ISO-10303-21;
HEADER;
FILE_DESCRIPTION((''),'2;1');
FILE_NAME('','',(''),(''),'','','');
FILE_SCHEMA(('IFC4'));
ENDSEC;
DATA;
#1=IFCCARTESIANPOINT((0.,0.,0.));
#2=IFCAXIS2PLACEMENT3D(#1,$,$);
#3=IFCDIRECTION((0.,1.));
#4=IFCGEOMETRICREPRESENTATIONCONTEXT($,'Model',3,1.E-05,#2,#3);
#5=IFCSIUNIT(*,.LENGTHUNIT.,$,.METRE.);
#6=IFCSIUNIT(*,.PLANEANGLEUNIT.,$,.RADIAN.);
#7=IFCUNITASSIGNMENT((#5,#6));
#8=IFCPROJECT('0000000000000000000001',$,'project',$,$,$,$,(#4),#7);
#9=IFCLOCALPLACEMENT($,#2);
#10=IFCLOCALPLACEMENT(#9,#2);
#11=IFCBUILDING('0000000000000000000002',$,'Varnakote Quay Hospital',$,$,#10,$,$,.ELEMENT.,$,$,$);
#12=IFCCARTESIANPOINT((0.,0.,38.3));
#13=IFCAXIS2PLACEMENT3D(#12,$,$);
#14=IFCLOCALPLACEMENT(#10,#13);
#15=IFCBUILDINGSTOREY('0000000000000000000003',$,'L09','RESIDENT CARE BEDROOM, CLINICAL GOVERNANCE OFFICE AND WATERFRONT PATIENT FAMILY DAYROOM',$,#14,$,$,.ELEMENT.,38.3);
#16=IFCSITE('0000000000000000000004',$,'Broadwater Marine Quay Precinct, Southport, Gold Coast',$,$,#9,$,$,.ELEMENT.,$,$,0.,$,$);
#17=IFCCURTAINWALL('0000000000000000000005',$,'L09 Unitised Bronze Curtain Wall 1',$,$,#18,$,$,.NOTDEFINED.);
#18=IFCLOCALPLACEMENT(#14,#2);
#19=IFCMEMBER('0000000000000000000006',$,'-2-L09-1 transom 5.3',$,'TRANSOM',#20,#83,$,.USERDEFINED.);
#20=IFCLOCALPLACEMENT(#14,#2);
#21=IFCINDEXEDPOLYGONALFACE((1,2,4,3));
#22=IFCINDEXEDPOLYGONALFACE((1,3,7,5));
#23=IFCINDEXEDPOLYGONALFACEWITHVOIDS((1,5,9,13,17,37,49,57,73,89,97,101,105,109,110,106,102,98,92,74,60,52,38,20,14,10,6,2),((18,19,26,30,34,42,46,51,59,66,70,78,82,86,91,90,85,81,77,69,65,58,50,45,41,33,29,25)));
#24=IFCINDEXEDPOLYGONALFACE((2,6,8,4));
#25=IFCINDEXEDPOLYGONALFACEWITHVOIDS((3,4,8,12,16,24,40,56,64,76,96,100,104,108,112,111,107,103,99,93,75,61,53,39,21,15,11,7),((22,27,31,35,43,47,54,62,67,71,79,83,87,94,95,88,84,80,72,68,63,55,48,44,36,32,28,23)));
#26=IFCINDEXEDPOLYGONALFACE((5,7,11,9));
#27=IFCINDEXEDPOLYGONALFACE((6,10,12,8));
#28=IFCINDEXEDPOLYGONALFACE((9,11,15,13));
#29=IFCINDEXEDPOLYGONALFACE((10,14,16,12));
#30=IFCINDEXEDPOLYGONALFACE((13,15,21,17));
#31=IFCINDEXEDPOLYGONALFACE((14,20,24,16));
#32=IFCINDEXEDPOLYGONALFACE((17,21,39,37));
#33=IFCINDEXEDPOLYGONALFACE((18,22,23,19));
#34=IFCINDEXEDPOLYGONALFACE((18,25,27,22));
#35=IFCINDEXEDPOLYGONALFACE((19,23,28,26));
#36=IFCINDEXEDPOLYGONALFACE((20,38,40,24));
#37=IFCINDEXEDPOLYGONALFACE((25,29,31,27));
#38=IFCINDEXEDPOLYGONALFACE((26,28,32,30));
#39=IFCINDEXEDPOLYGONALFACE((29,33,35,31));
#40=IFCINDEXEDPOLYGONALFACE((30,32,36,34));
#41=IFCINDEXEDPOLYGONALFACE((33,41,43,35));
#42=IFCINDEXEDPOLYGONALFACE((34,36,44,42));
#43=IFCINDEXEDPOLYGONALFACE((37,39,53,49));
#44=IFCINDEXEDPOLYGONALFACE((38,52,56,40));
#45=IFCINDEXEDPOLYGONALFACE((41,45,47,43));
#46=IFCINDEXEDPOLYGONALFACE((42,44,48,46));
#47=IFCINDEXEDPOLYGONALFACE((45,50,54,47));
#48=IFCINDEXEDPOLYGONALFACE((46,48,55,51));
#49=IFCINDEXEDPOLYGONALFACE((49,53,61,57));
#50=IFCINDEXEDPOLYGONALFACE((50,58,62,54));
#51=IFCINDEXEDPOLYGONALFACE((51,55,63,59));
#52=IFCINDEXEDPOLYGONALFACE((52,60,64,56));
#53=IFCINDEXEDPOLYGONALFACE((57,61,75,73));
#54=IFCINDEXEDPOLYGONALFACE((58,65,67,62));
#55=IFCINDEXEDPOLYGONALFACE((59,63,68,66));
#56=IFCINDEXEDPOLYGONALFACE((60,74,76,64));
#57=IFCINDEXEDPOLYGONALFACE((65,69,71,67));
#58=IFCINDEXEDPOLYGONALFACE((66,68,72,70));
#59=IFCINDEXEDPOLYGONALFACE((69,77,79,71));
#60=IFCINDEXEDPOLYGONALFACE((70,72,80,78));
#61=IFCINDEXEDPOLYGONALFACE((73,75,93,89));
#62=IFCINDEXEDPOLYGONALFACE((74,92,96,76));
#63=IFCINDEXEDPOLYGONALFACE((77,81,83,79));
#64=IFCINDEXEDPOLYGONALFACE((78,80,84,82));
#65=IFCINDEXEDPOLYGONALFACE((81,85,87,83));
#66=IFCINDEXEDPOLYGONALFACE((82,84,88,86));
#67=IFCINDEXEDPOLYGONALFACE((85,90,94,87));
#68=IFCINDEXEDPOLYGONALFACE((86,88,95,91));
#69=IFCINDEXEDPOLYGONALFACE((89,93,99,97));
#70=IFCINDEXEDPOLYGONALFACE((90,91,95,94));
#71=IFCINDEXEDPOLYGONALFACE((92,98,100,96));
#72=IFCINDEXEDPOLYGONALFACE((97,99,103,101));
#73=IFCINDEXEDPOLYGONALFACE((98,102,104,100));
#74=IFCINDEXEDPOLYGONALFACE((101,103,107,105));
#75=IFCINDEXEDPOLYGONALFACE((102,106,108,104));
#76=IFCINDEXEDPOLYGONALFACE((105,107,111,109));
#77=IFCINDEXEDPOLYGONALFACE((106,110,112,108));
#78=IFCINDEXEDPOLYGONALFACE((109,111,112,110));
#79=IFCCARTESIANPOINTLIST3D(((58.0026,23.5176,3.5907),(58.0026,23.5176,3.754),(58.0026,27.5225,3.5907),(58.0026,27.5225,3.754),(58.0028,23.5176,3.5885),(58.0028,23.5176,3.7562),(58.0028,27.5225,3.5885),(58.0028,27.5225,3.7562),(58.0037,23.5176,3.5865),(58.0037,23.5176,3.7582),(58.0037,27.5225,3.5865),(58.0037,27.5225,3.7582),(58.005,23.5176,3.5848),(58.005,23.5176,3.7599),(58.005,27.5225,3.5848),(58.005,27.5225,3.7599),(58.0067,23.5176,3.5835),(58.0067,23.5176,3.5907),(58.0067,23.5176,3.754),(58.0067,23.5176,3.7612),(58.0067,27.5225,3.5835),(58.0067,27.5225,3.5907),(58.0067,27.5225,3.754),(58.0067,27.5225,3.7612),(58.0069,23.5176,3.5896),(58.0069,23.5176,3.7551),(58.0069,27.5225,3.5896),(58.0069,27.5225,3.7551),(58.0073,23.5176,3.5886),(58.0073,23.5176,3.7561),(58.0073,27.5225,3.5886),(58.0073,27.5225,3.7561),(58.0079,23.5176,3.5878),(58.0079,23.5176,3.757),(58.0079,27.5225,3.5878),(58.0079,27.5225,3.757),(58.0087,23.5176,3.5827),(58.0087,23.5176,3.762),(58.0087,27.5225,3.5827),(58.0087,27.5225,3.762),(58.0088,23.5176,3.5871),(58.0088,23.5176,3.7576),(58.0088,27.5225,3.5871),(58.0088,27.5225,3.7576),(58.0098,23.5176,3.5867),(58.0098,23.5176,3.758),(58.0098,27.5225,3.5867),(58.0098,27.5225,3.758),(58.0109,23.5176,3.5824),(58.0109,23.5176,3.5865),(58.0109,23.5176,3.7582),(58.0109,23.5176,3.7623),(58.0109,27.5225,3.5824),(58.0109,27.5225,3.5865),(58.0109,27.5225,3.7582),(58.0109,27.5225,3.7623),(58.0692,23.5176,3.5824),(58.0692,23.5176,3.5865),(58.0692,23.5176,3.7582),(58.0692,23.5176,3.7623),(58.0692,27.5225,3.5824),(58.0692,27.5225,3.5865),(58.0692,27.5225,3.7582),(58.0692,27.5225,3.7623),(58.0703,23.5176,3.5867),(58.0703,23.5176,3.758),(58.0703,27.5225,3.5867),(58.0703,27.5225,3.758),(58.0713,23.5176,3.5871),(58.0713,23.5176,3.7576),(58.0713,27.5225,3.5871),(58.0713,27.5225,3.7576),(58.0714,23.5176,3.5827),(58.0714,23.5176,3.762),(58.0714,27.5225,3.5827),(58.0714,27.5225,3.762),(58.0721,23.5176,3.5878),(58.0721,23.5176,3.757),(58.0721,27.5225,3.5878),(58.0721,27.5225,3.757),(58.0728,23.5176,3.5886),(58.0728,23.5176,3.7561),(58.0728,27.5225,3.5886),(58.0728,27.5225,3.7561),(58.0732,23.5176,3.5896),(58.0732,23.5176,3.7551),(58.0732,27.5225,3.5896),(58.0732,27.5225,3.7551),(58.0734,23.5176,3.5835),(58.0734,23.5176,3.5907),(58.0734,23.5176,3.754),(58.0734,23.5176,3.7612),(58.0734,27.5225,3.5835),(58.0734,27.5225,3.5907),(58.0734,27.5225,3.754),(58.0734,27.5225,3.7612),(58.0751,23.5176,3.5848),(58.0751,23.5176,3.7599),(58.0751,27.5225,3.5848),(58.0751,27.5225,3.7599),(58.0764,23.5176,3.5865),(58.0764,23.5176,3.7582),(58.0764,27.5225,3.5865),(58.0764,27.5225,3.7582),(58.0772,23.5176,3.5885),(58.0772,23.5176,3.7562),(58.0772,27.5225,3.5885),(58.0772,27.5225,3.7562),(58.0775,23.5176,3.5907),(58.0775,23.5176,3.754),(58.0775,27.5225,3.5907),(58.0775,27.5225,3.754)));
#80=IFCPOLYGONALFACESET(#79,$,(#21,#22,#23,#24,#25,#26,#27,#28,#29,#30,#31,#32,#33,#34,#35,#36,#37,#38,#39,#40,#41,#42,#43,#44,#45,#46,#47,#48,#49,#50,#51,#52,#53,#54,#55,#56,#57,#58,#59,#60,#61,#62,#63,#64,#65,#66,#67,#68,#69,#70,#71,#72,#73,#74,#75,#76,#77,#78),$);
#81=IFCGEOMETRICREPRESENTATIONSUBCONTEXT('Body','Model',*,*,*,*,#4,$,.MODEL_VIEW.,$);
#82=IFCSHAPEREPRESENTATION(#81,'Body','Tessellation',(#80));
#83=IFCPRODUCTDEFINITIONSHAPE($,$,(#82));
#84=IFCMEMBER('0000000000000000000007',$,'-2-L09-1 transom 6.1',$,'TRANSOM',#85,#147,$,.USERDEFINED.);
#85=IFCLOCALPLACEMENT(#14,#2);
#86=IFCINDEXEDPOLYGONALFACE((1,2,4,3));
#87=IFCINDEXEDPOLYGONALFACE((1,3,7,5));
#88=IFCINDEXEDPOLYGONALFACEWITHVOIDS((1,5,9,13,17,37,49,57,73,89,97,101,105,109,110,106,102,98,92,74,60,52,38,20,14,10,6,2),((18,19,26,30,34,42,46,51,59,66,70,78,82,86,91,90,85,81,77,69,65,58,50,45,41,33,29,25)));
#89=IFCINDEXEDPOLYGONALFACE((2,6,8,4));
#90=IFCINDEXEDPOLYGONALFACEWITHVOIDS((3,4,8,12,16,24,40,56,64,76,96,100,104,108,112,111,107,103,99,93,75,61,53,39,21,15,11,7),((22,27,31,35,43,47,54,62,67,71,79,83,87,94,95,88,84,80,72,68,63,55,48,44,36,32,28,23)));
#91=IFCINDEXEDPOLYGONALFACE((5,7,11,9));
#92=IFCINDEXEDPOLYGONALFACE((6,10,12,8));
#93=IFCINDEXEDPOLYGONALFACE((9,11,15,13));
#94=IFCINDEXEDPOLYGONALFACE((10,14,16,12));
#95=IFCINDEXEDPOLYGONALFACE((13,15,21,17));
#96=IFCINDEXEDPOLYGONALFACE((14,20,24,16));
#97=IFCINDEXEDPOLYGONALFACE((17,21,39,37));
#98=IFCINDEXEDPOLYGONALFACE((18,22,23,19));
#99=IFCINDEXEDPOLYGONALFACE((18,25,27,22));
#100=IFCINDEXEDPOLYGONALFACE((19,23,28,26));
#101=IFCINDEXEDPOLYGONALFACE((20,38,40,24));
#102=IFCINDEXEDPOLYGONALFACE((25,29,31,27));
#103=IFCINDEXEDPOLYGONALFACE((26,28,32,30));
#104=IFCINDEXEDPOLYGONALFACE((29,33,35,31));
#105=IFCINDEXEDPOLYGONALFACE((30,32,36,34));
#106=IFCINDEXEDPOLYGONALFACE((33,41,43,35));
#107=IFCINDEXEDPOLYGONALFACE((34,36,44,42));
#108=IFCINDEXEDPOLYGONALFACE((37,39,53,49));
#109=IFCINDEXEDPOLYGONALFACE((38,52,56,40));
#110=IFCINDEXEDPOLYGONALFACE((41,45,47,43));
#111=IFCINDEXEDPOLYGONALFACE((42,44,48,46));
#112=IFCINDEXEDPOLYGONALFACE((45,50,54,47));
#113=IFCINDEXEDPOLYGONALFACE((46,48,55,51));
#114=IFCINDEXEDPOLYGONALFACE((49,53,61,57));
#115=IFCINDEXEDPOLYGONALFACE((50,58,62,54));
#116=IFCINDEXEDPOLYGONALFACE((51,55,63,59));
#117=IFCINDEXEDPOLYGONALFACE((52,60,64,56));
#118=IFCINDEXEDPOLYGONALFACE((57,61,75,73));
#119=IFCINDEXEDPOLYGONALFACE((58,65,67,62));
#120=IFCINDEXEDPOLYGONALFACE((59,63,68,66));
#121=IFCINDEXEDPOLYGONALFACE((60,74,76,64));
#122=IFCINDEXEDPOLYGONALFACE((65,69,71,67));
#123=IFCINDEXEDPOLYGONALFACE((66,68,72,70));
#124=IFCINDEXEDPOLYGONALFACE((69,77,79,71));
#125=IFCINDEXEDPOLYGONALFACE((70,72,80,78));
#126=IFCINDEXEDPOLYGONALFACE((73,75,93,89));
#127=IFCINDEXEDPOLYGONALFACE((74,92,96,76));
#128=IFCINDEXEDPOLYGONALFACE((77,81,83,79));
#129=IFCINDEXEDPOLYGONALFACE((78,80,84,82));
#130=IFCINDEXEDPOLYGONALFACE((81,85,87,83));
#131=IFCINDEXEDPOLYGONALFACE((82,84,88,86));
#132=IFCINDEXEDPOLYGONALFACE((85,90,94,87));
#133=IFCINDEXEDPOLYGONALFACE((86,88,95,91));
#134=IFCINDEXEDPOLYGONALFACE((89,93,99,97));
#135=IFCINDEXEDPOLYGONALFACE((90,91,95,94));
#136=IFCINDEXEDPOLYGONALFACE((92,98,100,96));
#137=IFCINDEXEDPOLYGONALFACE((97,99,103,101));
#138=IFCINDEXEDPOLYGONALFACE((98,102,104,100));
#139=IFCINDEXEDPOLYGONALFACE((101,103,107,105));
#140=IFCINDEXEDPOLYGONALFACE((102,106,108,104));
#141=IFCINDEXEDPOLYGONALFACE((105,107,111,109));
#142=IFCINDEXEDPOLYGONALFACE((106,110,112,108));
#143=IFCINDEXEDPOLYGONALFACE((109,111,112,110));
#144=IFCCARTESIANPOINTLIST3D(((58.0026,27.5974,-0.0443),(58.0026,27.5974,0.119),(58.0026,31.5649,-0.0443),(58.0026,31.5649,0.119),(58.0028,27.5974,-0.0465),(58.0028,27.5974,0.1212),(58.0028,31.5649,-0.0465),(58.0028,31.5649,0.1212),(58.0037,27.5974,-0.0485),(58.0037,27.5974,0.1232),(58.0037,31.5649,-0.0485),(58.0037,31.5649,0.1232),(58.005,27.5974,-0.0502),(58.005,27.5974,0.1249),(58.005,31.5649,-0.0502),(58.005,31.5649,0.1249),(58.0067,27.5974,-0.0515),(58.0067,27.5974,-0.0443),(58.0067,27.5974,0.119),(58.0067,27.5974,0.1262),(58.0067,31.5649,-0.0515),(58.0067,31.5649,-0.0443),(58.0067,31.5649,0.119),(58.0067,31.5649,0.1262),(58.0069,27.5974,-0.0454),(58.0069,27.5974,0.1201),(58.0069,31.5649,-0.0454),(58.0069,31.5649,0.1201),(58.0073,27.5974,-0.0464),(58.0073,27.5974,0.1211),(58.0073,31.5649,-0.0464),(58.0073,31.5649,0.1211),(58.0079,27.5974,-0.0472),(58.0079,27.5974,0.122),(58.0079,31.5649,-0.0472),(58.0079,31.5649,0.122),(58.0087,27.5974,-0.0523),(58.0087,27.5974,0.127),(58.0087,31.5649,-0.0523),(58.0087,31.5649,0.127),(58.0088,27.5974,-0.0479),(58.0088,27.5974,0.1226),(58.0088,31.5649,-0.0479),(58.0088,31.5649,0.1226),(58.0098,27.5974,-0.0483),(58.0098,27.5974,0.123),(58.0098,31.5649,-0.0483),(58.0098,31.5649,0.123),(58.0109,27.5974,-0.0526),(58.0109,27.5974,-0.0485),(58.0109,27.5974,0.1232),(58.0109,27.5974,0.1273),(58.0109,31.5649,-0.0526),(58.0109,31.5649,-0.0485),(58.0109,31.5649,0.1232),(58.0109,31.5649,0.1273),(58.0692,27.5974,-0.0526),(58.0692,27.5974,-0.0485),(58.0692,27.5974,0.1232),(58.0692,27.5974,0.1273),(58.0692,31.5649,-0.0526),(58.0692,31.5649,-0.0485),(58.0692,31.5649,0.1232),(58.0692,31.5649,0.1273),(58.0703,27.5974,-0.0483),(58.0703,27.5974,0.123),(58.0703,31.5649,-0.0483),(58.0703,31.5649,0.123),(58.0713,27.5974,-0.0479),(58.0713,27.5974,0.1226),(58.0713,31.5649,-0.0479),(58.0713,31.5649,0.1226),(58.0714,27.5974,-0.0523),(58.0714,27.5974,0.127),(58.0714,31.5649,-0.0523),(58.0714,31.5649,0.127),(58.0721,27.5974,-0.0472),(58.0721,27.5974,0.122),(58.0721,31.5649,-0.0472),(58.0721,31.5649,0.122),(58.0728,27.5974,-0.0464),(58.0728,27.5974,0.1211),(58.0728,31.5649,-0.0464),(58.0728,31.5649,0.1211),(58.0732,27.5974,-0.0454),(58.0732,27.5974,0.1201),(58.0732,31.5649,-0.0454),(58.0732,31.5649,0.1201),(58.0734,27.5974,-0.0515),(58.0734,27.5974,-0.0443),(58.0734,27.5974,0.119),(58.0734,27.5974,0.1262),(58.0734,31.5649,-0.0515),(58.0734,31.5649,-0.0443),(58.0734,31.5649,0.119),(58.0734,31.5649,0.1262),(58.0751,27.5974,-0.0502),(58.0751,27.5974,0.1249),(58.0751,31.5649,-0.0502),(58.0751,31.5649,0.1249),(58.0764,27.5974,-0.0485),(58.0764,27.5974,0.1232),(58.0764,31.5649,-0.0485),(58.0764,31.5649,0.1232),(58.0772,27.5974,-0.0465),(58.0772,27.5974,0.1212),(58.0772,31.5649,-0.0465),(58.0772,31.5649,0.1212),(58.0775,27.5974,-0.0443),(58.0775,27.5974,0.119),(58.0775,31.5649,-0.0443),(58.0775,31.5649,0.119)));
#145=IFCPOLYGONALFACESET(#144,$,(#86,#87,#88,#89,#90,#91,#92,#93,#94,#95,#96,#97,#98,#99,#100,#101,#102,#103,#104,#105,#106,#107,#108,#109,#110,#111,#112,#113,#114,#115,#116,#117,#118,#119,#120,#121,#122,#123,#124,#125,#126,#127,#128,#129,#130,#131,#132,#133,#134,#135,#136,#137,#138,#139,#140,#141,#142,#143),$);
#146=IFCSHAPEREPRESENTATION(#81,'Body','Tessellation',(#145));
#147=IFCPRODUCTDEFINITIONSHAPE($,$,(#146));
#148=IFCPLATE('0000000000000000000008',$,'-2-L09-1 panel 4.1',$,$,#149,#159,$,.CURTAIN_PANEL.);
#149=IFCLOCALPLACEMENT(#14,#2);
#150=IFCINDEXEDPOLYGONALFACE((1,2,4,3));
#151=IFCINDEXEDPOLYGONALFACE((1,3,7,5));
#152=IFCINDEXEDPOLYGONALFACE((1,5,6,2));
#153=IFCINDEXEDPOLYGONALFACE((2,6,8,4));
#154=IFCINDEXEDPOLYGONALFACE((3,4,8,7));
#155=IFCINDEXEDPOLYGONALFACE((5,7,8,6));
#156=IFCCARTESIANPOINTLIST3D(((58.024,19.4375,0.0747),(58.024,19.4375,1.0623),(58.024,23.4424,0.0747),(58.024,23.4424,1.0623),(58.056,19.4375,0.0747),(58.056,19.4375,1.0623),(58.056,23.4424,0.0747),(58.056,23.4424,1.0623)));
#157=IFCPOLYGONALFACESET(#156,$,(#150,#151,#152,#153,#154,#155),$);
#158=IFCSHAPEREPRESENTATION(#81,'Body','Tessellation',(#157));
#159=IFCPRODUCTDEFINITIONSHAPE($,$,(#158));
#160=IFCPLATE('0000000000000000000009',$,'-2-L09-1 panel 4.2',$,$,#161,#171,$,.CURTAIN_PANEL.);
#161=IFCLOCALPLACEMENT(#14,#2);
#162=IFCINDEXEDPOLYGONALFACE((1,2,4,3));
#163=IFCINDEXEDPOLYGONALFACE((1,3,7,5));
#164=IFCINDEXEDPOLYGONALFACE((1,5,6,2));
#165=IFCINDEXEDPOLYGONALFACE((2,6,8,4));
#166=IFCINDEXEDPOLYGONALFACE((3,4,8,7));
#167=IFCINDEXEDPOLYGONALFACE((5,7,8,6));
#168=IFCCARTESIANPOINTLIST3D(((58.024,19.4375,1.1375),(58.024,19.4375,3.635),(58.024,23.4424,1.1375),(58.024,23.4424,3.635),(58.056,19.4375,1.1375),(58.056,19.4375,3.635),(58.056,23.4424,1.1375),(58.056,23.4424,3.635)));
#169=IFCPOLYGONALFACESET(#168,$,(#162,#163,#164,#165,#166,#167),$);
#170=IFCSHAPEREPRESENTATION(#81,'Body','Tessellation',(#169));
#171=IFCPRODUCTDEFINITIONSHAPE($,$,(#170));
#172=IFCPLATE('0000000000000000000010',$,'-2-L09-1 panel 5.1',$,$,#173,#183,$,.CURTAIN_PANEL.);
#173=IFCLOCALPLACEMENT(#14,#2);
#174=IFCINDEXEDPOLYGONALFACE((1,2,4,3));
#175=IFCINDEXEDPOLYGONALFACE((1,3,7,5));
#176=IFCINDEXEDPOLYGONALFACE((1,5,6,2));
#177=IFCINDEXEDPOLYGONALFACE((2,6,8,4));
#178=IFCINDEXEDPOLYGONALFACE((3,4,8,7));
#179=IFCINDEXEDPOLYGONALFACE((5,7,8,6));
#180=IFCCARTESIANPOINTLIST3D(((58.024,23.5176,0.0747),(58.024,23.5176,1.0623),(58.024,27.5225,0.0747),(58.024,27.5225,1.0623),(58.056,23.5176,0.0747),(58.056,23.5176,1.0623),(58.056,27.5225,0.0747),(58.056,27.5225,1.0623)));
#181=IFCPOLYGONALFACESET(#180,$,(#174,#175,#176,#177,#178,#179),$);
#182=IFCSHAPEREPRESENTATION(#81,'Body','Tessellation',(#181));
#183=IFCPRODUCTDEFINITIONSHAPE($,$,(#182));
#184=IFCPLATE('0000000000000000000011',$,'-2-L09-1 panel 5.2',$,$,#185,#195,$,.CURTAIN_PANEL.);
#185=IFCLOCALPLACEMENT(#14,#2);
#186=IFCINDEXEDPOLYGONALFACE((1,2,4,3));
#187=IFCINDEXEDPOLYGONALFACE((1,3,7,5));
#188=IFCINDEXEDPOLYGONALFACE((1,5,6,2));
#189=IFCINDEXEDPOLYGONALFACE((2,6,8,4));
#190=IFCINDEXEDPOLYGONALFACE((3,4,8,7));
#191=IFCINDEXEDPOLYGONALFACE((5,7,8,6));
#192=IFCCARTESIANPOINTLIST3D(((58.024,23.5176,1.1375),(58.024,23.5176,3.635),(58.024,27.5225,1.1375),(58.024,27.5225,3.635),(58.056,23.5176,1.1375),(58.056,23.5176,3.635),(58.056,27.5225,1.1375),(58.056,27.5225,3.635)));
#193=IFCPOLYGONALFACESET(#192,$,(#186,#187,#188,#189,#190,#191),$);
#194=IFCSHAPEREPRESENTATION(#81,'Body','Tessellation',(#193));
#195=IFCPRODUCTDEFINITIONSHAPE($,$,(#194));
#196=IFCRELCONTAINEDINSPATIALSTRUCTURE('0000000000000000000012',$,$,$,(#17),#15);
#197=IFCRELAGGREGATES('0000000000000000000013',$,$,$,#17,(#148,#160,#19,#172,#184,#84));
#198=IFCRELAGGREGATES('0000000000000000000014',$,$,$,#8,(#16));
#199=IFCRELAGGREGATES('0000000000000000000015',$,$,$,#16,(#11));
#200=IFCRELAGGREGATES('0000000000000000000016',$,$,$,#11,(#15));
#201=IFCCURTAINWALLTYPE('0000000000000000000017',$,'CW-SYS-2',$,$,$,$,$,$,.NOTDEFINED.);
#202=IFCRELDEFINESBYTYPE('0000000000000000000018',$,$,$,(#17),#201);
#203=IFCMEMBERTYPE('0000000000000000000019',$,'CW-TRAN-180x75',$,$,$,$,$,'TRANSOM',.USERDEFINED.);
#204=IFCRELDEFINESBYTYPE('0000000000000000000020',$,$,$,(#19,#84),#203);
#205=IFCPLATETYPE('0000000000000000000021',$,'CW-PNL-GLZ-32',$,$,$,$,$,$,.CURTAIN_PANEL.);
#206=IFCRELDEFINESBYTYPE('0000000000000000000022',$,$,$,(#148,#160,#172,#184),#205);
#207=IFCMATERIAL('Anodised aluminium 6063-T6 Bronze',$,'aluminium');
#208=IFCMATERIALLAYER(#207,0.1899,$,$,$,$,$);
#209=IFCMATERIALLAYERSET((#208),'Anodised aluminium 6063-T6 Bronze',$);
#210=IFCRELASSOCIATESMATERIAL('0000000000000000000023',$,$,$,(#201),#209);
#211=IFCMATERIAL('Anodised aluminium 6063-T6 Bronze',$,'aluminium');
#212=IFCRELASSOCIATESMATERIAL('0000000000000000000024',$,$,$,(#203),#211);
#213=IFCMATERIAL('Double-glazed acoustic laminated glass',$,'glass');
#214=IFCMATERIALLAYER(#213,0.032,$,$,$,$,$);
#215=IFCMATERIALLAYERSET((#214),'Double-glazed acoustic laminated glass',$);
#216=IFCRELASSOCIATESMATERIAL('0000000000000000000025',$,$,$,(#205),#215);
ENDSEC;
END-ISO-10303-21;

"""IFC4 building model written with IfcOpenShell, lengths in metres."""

from ifc_helpers import new_model, si_unit, direction, frame, origin, origin_2d, place, context, subcontext, project, spatial, rectangle, hollow_rectangle, extrude, material, layer, layer_set, material_profile, profile_set, type_object, element, aggregate, save


model = new_model("IFC4")

# Units and contexts
model_context = context("Model", 3, precision=1e-05, world=origin(), true_north=direction((0.0, 1.0)))
body_context = subcontext(model_context, "Body", "Model", "MODEL_VIEW")
ifc_project = project(units=[si_unit("LENGTHUNIT", "METRE"), si_unit("PLANEANGLEUNIT", "RADIAN")], contexts=[model_context])

# Site, building, storey
site_placement = place(None, origin())
site = spatial("IfcSite", under=ifc_project, at=site_placement, Name="Broadwater Marine Quay Precinct, Southport, Gold Coast", CompositionType="ELEMENT", RefElevation=0.0)
building_placement = place(site_placement, origin())
building = spatial("IfcBuilding", under=site, at=building_placement, Name="Varnakote Quay Hospital", CompositionType="ELEMENT")
storey_placement = place(building_placement, frame((0.0, 0.0, 38.3)))
storey = spatial("IfcBuildingStorey", under=building, at=storey_placement, Name="L09", Description="RESIDENT CARE BEDROOM, CLINICAL GOVERNANCE OFFICE AND WATERFRONT PATIENT FAMILY DAYROOM", CompositionType="ELEMENT", Elevation=38.3)

# Curtain wall, members, plates
ifc_material_1 = material(Name="Anodised aluminium 6063-T6 Bronze", Category="aluminium")
ifc_layer_1 = layer(ifc_material_1, 0.1899)
ifc_layer_set_1 = layer_set([ifc_layer_1], Name="Anodised aluminium 6063-T6 Bronze")
curtain_wall_type = type_object("IfcCurtainWallType", Name="CW-SYS-2", PredefinedType="NOTDEFINED", material=ifc_layer_set_1)
curtain_wall_placement = place(storey_placement, origin())
curtain_wall = element("IfcCurtainWall", 1, at=curtain_wall_placement, inside=storey, type_object=curtain_wall_type, Name="L09 Unitised Bronze Curtain Wall 1", PredefinedType="NOTDEFINED")
ifc_material_2 = material(Name="Anodised aluminium 6063-T6 Bronze", Category="aluminium")
ifc_material_profile_1 = material_profile(ifc_material_2, hollow_rectangle(XDim=0.075, YDim=0.1799, WallThickness=0.0042, InnerFilletRadius=0.0042, OuterFilletRadius=0.0083, at=origin_2d()), Name="CW-TRAN-180x75")
ifc_profile_set_1 = profile_set([ifc_material_profile_1], Name="Anodised aluminium 6063-T6 Bronze")
member_type_1 = type_object("IfcMemberType", Name="CW-TRAN-180x75", ElementType="TRANSOM", PredefinedType="USERDEFINED", material=ifc_profile_set_1)
member_1_placement = place(storey_placement, frame((58.04, 23.5176, 3.6724), z_axis=(0.0, 1.0, 0.0), x_axis=(-1.0, 0.0, 0.0)))
member_1 = element("IfcMember", 2, at=member_1_placement, type_object=member_type_1, Name="-2-L09-1 transom 5.3", ObjectType="TRANSOM", PredefinedType="USERDEFINED", context=body_context, shape_type="SweptSolid", body=[
    extrude(hollow_rectangle(XDim=0.075, YDim=0.1799, WallThickness=0.0042, InnerFilletRadius=0.0042, OuterFilletRadius=0.0083, at=origin_2d()), origin(), (0.0, 0.0, 1.0), 4.0049),
])
member_2_placement = place(storey_placement, frame((58.04, 27.5974, 0.0374), z_axis=(0.0, 1.0, 0.0), x_axis=(-1.0, 0.0, 0.0)))
member_2 = element("IfcMember", 3, at=member_2_placement, type_object=member_type_1, Name="-2-L09-1 transom 6.1", ObjectType="TRANSOM", PredefinedType="USERDEFINED", context=body_context, shape_type="SweptSolid", body=[
    extrude(hollow_rectangle(XDim=0.075, YDim=0.1799, WallThickness=0.0042, InnerFilletRadius=0.0042, OuterFilletRadius=0.0083, at=origin_2d()), origin(), (0.0, 0.0, 1.0), 3.9675),
])
ifc_material_3 = material(Name="Double-glazed acoustic laminated glass", Category="glass")
ifc_layer_2 = layer(ifc_material_3, 0.032)
ifc_layer_set_2 = layer_set([ifc_layer_2], Name="Double-glazed acoustic laminated glass")
plate_type = type_object("IfcPlateType", Name="CW-PNL-GLZ-32", PredefinedType="CURTAIN_PANEL", material=ifc_layer_set_2)
plate_1_placement = place(storey_placement, frame((58.04, 21.4399, 0.0747), z_axis=(0.0, 0.0, 1.0), x_axis=(0.0, 1.0, 0.0)))
plate_1 = element("IfcPlate", 4, at=plate_1_placement, type_object=plate_type, Name="-2-L09-1 panel 4.1", PredefinedType="CURTAIN_PANEL", context=body_context, shape_type="SweptSolid", body=[
    extrude(rectangle(XDim=4.0049, YDim=0.032, at=origin_2d()), origin(), (0.0, 0.0, 1.0), 0.9875),
])
plate_2_placement = place(storey_placement, frame((58.04, 21.4399, 1.1375), z_axis=(0.0, 0.0, 1.0), x_axis=(0.0, 1.0, 0.0)))
plate_2 = element("IfcPlate", 5, at=plate_2_placement, type_object=plate_type, Name="-2-L09-1 panel 4.2", PredefinedType="CURTAIN_PANEL", context=body_context, shape_type="SweptSolid", body=[
    extrude(rectangle(XDim=4.0049, YDim=0.032, at=origin_2d()), origin(), (0.0, 0.0, 1.0), 2.4976),
])
plate_3_placement = place(storey_placement, frame((58.04, 25.52, 0.0747), z_axis=(0.0, 0.0, 1.0), x_axis=(0.0, 1.0, 0.0)))
plate_3 = element("IfcPlate", 6, at=plate_3_placement, type_object=plate_type, Name="-2-L09-1 panel 5.1", PredefinedType="CURTAIN_PANEL", context=body_context, shape_type="SweptSolid", body=[
    extrude(rectangle(XDim=4.0049, YDim=0.032, at=origin_2d()), origin(), (0.0, 0.0, 1.0), 0.9875),
])
plate_4_placement = place(storey_placement, frame((58.04, 25.52, 1.1375), z_axis=(0.0, 0.0, 1.0), x_axis=(0.0, 1.0, 0.0)))
plate_4 = element("IfcPlate", 7, at=plate_4_placement, type_object=plate_type, Name="-2-L09-1 panel 5.2", PredefinedType="CURTAIN_PANEL", context=body_context, shape_type="SweptSolid", body=[
    extrude(rectangle(XDim=4.0049, YDim=0.032, at=origin_2d()), origin(), (0.0, 0.0, 1.0), 2.4976),
])
aggregate(curtain_wall, [plate_1, plate_2, member_1, plate_3, plate_4, member_2])

save(model, "model.ifc")
